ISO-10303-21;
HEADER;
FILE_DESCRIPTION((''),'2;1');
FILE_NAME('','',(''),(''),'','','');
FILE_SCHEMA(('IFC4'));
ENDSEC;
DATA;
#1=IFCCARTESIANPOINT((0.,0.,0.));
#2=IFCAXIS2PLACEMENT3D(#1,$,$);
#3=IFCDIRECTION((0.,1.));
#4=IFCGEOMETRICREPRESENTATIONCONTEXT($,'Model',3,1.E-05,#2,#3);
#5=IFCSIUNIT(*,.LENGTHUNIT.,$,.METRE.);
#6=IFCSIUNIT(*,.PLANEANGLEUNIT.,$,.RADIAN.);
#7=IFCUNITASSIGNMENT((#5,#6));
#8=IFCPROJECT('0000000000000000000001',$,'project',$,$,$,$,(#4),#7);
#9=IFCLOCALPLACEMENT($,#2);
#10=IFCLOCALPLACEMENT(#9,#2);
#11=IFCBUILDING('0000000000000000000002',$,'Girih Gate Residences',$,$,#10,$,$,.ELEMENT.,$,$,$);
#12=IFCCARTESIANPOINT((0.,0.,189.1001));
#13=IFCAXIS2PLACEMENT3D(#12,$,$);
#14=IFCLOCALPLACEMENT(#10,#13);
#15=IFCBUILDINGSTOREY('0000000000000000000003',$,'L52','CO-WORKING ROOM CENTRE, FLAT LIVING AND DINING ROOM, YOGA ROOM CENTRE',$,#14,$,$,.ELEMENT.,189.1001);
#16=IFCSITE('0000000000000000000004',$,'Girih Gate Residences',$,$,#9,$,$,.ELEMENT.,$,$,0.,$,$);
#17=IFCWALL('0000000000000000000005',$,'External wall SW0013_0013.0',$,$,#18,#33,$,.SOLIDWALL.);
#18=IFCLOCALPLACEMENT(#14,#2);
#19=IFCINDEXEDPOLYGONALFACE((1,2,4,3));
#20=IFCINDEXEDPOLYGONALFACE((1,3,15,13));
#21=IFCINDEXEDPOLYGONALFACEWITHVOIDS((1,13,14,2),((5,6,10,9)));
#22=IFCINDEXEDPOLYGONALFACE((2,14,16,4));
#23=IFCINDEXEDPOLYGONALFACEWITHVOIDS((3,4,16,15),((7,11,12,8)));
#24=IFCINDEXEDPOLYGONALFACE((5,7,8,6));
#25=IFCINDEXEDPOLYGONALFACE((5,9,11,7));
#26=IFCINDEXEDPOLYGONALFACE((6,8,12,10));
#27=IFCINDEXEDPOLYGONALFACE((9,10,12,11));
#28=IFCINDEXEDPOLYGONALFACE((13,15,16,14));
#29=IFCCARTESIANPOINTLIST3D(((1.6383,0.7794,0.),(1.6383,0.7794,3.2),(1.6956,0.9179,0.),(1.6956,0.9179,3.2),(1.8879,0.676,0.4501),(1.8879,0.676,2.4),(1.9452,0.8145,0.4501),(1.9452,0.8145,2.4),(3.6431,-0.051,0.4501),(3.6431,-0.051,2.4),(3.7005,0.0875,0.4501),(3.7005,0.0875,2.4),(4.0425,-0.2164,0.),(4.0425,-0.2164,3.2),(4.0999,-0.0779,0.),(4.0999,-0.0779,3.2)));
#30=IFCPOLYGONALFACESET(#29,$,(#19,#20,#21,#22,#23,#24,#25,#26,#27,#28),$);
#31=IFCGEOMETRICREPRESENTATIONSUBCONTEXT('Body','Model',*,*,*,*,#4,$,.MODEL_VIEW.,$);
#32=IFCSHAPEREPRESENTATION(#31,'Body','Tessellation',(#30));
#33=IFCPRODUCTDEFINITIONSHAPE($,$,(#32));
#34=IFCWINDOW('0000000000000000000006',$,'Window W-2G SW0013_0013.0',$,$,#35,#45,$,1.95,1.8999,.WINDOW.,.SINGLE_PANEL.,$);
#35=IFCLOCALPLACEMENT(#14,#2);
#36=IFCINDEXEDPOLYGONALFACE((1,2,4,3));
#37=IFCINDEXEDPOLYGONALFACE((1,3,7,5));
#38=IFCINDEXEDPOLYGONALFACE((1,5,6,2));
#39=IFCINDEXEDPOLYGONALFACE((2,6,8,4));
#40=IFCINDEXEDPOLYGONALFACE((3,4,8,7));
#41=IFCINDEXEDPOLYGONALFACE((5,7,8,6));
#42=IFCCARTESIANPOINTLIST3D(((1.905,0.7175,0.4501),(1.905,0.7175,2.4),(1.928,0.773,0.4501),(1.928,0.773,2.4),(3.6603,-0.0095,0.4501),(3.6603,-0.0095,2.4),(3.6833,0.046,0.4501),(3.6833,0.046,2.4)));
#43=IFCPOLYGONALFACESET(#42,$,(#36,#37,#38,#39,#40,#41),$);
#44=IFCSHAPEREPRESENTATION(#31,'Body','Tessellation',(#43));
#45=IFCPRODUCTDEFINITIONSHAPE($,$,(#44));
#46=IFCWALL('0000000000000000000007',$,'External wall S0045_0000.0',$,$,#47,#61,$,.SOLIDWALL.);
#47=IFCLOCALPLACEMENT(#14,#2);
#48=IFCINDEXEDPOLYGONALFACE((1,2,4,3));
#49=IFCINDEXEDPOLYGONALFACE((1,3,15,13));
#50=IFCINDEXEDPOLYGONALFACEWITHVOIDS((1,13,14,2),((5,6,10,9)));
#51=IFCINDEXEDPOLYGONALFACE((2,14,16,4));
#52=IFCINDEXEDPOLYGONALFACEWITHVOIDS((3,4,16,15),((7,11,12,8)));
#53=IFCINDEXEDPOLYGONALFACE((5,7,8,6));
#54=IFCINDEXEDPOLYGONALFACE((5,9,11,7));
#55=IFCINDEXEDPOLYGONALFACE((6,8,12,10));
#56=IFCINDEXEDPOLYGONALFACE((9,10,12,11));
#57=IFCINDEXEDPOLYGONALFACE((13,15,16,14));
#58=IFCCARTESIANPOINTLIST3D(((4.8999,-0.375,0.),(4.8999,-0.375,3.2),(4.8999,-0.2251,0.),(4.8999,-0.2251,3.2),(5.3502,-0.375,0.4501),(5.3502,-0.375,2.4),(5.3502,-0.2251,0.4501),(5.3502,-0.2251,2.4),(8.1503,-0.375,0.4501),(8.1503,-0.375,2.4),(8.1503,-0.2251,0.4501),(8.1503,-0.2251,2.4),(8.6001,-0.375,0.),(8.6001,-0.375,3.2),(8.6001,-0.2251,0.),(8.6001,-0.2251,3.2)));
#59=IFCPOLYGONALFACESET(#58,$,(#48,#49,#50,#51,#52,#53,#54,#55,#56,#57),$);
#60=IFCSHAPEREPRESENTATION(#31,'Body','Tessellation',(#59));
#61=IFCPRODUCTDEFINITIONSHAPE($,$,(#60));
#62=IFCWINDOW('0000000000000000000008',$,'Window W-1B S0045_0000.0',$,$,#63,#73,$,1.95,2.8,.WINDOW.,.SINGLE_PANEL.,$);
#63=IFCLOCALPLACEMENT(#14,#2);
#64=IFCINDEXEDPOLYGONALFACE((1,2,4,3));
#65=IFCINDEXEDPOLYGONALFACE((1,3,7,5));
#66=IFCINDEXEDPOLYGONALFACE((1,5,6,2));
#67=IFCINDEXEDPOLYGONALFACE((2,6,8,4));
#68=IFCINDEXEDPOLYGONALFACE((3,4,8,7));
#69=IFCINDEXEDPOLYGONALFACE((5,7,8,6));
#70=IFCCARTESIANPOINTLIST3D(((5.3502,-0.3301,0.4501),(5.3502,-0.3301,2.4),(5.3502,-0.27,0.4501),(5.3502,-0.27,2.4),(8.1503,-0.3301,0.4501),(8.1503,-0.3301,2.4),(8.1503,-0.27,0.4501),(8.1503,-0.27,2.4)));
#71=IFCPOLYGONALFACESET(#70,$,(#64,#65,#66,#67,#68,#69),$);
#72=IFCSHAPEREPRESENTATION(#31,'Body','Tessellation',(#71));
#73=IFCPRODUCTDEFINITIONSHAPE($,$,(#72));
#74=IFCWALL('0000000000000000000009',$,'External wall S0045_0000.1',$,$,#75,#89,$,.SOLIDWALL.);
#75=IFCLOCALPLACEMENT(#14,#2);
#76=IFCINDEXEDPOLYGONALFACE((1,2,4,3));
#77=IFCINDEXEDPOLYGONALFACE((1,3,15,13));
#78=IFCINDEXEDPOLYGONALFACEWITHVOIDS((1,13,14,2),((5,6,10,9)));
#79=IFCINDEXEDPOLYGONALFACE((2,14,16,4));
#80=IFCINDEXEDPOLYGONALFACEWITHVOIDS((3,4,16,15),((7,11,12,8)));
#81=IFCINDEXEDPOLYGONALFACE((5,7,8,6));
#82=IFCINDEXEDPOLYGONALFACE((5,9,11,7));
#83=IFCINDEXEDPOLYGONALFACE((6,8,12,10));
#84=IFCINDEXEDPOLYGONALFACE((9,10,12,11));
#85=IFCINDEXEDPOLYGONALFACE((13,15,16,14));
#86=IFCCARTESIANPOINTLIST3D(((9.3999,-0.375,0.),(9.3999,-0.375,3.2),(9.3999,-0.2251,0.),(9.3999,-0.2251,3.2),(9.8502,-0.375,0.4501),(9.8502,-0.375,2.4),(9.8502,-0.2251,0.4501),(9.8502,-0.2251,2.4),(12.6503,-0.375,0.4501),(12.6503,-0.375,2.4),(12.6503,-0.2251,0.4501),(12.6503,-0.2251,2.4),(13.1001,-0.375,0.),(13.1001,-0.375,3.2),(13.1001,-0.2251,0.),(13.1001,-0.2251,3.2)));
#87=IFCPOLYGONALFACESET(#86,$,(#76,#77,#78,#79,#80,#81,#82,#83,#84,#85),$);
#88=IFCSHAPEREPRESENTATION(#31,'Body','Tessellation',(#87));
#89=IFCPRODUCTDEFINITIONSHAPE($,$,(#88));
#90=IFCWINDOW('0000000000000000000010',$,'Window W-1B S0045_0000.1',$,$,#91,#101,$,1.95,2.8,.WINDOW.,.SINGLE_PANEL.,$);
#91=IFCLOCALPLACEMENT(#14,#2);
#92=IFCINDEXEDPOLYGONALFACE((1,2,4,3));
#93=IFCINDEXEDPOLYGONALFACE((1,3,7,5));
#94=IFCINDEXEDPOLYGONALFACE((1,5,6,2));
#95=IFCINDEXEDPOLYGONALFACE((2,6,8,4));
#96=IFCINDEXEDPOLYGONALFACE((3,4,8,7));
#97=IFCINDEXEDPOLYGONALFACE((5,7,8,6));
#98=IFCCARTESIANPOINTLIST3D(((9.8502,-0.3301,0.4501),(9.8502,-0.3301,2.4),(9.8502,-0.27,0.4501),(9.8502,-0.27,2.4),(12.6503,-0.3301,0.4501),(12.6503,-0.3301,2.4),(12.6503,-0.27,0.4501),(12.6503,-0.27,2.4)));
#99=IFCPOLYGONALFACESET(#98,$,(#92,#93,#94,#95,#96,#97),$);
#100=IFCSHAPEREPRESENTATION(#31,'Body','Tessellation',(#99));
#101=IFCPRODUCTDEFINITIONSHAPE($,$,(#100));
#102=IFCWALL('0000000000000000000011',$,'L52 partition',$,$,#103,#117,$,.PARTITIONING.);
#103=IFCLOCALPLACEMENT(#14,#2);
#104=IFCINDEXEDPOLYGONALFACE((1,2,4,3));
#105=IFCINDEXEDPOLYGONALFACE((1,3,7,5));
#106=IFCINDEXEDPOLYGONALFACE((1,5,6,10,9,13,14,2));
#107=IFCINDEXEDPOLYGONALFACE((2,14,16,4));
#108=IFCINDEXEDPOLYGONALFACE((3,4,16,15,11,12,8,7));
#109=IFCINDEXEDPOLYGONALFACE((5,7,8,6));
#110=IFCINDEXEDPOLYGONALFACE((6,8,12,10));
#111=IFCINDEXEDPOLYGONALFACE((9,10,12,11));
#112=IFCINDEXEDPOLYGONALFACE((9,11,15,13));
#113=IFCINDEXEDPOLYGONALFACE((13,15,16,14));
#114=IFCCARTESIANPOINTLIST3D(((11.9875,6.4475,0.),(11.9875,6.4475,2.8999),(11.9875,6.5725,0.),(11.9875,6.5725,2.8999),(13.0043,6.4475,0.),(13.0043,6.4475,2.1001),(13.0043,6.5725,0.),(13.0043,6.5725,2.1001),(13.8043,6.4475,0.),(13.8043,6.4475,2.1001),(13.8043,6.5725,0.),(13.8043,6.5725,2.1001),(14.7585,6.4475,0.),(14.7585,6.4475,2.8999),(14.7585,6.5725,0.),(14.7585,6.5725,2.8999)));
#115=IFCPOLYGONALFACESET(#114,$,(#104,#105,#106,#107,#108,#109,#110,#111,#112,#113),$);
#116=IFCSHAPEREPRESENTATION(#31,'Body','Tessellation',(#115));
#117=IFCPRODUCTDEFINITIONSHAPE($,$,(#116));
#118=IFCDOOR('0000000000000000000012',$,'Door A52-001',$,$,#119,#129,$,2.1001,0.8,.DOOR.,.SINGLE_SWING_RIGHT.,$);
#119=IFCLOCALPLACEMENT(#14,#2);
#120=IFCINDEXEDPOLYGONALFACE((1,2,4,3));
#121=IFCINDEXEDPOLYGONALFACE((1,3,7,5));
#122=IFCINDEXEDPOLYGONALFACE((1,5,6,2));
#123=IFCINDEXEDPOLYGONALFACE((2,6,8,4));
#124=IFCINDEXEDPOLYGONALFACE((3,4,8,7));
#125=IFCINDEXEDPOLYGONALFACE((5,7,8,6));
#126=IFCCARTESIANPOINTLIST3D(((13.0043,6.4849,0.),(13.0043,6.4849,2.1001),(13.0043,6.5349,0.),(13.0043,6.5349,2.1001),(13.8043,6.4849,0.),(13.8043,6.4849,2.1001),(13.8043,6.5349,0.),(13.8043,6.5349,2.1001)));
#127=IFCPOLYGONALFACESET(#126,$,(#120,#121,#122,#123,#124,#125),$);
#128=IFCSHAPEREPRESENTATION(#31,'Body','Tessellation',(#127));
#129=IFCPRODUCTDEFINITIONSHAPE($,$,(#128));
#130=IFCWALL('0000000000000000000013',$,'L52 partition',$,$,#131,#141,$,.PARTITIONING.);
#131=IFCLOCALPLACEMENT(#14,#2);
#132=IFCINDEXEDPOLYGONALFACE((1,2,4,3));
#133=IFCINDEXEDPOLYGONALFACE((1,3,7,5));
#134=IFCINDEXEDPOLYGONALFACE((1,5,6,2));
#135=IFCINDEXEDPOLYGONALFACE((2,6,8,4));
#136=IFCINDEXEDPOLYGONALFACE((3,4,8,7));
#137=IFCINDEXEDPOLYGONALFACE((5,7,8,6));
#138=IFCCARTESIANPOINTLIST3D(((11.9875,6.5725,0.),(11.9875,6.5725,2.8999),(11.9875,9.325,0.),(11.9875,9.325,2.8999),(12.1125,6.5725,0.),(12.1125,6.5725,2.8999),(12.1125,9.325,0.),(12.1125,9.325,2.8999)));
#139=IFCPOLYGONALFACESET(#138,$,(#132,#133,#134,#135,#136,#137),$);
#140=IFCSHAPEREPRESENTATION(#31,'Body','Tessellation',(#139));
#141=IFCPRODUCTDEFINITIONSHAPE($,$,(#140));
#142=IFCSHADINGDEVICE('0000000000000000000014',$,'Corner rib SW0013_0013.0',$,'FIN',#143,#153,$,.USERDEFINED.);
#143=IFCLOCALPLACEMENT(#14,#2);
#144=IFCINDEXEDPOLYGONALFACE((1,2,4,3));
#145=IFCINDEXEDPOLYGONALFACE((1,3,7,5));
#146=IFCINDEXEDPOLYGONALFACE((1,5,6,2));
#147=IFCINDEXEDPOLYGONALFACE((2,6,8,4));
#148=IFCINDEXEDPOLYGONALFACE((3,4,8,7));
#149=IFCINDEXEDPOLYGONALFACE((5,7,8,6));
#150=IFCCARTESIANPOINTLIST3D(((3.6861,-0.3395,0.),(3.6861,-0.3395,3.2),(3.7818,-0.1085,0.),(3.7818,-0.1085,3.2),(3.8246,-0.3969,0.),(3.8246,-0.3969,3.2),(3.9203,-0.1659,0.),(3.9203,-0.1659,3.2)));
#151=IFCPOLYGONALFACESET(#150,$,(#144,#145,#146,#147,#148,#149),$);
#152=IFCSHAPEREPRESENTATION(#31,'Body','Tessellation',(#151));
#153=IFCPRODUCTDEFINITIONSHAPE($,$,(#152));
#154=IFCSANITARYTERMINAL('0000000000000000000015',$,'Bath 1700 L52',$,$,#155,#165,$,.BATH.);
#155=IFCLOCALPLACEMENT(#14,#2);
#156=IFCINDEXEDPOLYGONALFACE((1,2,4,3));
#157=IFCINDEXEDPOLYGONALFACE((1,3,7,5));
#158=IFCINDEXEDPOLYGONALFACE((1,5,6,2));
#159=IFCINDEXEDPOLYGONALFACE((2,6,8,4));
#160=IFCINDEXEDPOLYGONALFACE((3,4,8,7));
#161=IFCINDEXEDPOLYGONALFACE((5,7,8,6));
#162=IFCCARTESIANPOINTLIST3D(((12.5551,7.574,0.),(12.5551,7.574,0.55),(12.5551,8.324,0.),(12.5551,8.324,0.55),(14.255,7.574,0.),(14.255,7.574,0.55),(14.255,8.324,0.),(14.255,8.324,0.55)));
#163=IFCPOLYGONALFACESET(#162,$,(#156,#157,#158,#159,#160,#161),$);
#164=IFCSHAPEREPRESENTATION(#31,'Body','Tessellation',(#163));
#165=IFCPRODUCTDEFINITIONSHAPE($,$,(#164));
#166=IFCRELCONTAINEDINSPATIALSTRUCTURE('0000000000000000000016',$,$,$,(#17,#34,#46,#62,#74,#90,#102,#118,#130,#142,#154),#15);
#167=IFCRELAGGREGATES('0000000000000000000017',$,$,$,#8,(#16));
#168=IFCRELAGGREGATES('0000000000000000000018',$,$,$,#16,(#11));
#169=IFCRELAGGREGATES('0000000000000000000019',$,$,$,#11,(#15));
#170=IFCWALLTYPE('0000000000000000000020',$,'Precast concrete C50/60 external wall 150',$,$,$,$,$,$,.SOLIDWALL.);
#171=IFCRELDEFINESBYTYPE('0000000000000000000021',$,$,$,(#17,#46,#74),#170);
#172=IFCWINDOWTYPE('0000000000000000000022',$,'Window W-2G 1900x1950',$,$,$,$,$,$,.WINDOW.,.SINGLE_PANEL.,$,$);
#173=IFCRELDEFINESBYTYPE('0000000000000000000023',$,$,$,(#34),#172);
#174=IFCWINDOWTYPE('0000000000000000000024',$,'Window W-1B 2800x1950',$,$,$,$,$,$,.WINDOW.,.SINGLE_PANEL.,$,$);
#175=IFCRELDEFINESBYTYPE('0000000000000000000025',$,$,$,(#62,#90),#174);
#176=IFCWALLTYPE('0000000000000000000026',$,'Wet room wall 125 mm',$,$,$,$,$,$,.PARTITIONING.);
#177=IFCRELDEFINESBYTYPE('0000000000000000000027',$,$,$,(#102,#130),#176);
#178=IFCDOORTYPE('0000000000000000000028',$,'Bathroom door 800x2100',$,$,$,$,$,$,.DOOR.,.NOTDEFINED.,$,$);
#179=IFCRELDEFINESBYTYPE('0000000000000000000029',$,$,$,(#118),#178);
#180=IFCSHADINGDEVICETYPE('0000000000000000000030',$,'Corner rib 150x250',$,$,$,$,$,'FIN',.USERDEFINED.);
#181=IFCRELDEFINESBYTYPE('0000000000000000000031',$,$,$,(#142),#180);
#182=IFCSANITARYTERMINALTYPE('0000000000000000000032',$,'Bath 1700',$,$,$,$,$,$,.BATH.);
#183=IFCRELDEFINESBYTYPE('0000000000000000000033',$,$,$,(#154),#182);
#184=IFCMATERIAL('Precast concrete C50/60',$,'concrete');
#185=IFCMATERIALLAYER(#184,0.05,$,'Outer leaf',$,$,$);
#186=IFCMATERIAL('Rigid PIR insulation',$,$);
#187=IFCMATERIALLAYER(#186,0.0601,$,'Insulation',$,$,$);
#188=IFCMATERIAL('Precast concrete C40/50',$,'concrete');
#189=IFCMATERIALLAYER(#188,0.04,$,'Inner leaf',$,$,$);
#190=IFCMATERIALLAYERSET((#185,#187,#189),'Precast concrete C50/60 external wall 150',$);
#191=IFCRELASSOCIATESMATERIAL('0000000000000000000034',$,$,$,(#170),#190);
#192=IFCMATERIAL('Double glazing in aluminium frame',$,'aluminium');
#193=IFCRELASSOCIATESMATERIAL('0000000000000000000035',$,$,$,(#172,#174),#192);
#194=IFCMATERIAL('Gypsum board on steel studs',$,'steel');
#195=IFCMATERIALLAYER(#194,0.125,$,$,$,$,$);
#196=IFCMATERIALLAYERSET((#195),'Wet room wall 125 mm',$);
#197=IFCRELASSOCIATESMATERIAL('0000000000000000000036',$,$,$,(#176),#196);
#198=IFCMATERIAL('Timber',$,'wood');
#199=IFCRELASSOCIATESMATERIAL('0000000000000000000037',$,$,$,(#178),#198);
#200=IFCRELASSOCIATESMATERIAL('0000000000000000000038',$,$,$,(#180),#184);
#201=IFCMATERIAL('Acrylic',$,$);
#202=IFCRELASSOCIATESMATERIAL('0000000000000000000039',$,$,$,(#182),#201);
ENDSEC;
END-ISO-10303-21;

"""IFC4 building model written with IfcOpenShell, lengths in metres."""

from ifc_helpers import new_model, si_unit, direction, frame, frame_2d, origin, origin_2d, place, context, subcontext, project, spatial, rectangle, extrude, material, layer, layer_set, type_object, element, fill, save


model = new_model("IFC4")

# Units and contexts
model_context = context("Model", 3, precision=1e-05, world=origin(), true_north=direction((0.0, 1.0)))
body_context = subcontext(model_context, "Body", "Model", "MODEL_VIEW")
ifc_project = project(units=[si_unit("LENGTHUNIT", "METRE"), si_unit("PLANEANGLEUNIT", "RADIAN")], contexts=[model_context])

# Site, building, storey
site_placement = place(None, origin())
site = spatial("IfcSite", under=ifc_project, at=site_placement, Name="Girih Gate Residences", CompositionType="ELEMENT", RefElevation=0.0)
building_placement = place(site_placement, origin())
building = spatial("IfcBuilding", under=site, at=building_placement, Name="Girih Gate Residences", CompositionType="ELEMENT")
storey_placement = place(building_placement, frame((0.0, 0.0, 189.1001)))
storey = spatial("IfcBuildingStorey", under=building, at=storey_placement, Name="L52", Description="CO-WORKING ROOM CENTRE, FLAT LIVING AND DINING ROOM, YOGA ROOM CENTRE", CompositionType="ELEMENT", Elevation=189.1001)

# Shared definitions
ifc_material_1 = material(Name="Gypsum board on steel studs", Category="steel")

# Shared definitions
ifc_material_2 = material(Name="Timber", Category="wood")

# Walls, openings, windows
ifc_material_3 = material(Name="Precast concrete C50/60", Category="concrete")
ifc_layer_1 = layer(ifc_material_3, 0.05, Name="Outer leaf")
ifc_material_4 = material(Name="Rigid PIR insulation")
ifc_layer_2 = layer(ifc_material_4, 0.0601, Name="Insulation")
ifc_material_5 = material(Name="Precast concrete C40/50", Category="concrete")
ifc_layer_3 = layer(ifc_material_5, 0.04, Name="Inner leaf")
ifc_layer_set_1 = layer_set([ifc_layer_1, ifc_layer_2, ifc_layer_3], Name="Precast concrete C50/60 external wall 150")
wall_type_1 = type_object("IfcWallType", Name="Precast concrete C50/60 external wall 150", PredefinedType="SOLIDWALL", material=ifc_layer_set_1)
ifc_material_6 = material(Name="Double glazing in aluminium frame", Category="aluminium")
window_type_1 = type_object("IfcWindowType", Name="Window W-2G 1900x1950", PartitioningType="SINGLE_PANEL", PredefinedType="WINDOW", material=ifc_material_6)
wall_1_placement = place(storey_placement, frame((4.0713, -0.1472, 0.0), z_axis=(0.0, 0.0, 1.0), x_axis=(-0.923885, 0.382669, 0.0)))
wall_1 = element("IfcWall", 1, at=wall_1_placement, inside=storey, type_object=wall_type_1, Name="External wall SW0013_0013.0", PredefinedType="SOLIDWALL", context=body_context, shape_type="SweptSolid", body=[
    extrude(rectangle(XDim=2.6023, YDim=0.1499, at=frame_2d((1.3013, 0.0))), origin(), (0.0, 0.0, 1.0), 3.2),
])
opening_1_placement = place(wall_1_placement, frame((0.4324, 0.0, 0.45)))
opening_1 = element("IfcOpeningElement", 2, at=opening_1_placement, cuts=wall_1, PredefinedType="OPENING", context=body_context, shape_type="SweptSolid", body=[
    extrude(rectangle(XDim=1.8999, YDim=1.95, at=frame_2d((0.95, 0.9751))), frame((0.0, 0.085, 0.0), z_axis=(0.0, -1.0, 0.0), x_axis=(1.0, 0.0, 0.0)), (0.0, 0.0, 1.0), 0.1699),
])
window_1_placement = place(opening_1_placement, origin())
window_1 = element("IfcWindow", 3, at=window_1_placement, inside=storey, type_object=window_type_1, Name="Window W-2G SW0013_0013.0", OverallHeight=1.95, OverallWidth=1.8999, PartitioningType="SINGLE_PANEL", PredefinedType="WINDOW", context=body_context, shape_type="SweptSolid", body=[
    extrude(rectangle(XDim=1.8999, YDim=1.95, at=frame_2d((0.95, 0.9751))), frame((0.0, 0.03, 0.0), z_axis=(0.0, -1.0, 0.0), x_axis=(1.0, 0.0, 0.0)), (0.0, 0.0, 1.0), 0.0601),
])
fill(opening_1, window_1)
wall_2_placement = place(storey_placement, frame((8.6001, -0.3, 0.0), z_axis=(0.0, 0.0, 1.0), x_axis=(-1.0, 0.0, 0.0)))
wall_2 = element("IfcWall", 4, at=wall_2_placement, inside=storey, type_object=wall_type_1, Name="External wall S0045_0000.0", PredefinedType="SOLIDWALL", context=body_context, shape_type="SweptSolid", body=[
    extrude(rectangle(XDim=3.7002, YDim=0.1499, at=frame_2d((1.8501, 0.0))), origin(), (0.0, 0.0, 1.0), 3.2),
])
opening_2_placement = place(wall_2_placement, frame((0.45, 0.0, 0.45)))
opening_2 = element("IfcOpeningElement", 5, at=opening_2_placement, cuts=wall_2, PredefinedType="OPENING", context=body_context, shape_type="SweptSolid", body=[
    extrude(rectangle(XDim=2.8, YDim=1.95, at=frame_2d((1.3999, 0.9751))), frame((0.0, 0.085, 0.0), z_axis=(0.0, -1.0, 0.0), x_axis=(1.0, 0.0, 0.0)), (0.0, 0.0, 1.0), 0.1699),
])
window_type_2 = type_object("IfcWindowType", Name="Window W-1B 2800x1950", PartitioningType="SINGLE_PANEL", PredefinedType="WINDOW", material=ifc_material_6)
window_2_placement = place(opening_2_placement, origin())
window_2 = element("IfcWindow", 6, at=window_2_placement, inside=storey, type_object=window_type_2, Name="Window W-1B S0045_0000.0", OverallHeight=1.95, OverallWidth=2.8, PartitioningType="SINGLE_PANEL", PredefinedType="WINDOW", context=body_context, shape_type="SweptSolid", body=[
    extrude(rectangle(XDim=2.8, YDim=1.95, at=frame_2d((1.3999, 0.9751))), frame((0.0, 0.03, 0.0), z_axis=(0.0, -1.0, 0.0), x_axis=(1.0, 0.0, 0.0)), (0.0, 0.0, 1.0), 0.0601),
])
fill(opening_2, window_2)
wall_3_placement = place(storey_placement, frame((13.1001, -0.3, 0.0), z_axis=(0.0, 0.0, 1.0), x_axis=(-1.0, 0.0, 0.0)))
wall_3 = element("IfcWall", 7, at=wall_3_placement, inside=storey, type_object=wall_type_1, Name="External wall S0045_0000.1", PredefinedType="SOLIDWALL", context=body_context, shape_type="SweptSolid", body=[
    extrude(rectangle(XDim=3.7002, YDim=0.1499, at=frame_2d((1.8501, 0.0))), origin(), (0.0, 0.0, 1.0), 3.2),
])
opening_3_placement = place(wall_3_placement, frame((0.45, 0.0, 0.45)))
opening_3 = element("IfcOpeningElement", 8, at=opening_3_placement, cuts=wall_3, PredefinedType="OPENING", context=body_context, shape_type="SweptSolid", body=[
    extrude(rectangle(XDim=2.8, YDim=1.95, at=frame_2d((1.3999, 0.9751))), frame((0.0, 0.085, 0.0), z_axis=(0.0, -1.0, 0.0), x_axis=(1.0, 0.0, 0.0)), (0.0, 0.0, 1.0), 0.1699),
])
window_3_placement = place(opening_3_placement, origin())
window_3 = element("IfcWindow", 9, at=window_3_placement, inside=storey, type_object=window_type_2, Name="Window W-1B S0045_0000.1", OverallHeight=1.95, OverallWidth=2.8, PartitioningType="SINGLE_PANEL", PredefinedType="WINDOW", context=body_context, shape_type="SweptSolid", body=[
    extrude(rectangle(XDim=2.8, YDim=1.95, at=frame_2d((1.3999, 0.9751))), frame((0.0, 0.03, 0.0), z_axis=(0.0, -1.0, 0.0), x_axis=(1.0, 0.0, 0.0)), (0.0, 0.0, 1.0), 0.0601),
])
fill(opening_3, window_3)

# Wall, opening, door
ifc_layer_4 = layer(ifc_material_1, 0.125)
ifc_layer_set_2 = layer_set([ifc_layer_4], Name="Wet room wall 125 mm")
wall_type_2 = type_object("IfcWallType", Name="Wet room wall 125 mm", PredefinedType="PARTITIONING", material=ifc_layer_set_2)
wall_4_placement = place(storey_placement, frame((11.9875, 6.51, 0.0), z_axis=(0.0, 0.0, 1.0), x_axis=(1.0, 0.0, 0.0)))
wall_4 = element("IfcWall", 10, at=wall_4_placement, inside=storey, type_object=wall_type_2, Name="L52 partition", PredefinedType="PARTITIONING", context=body_context, shape_type="SweptSolid", body=[
    extrude(rectangle(XDim=2.771, YDim=0.125, at=frame_2d((1.3855, 0.0))), origin(), (0.0, 0.0, 1.0), 2.8999),
])
opening_4_placement = place(wall_4_placement, frame((1.0168, 0.0, 0.0)))
opening_4 = element("IfcOpeningElement", 11, at=opening_4_placement, cuts=wall_4, PredefinedType="OPENING", context=body_context, shape_type="SweptSolid", body=[
    extrude(rectangle(XDim=0.8, YDim=2.1001, at=frame_2d((0.3999, 1.05))), frame((0.0, 0.0725, 0.0), z_axis=(0.0, -1.0, 0.0), x_axis=(1.0, 0.0, 0.0)), (0.0, 0.0, 1.0), 0.145),
])
door_type_1 = type_object("IfcDoorType", Name="Bathroom door 800x2100", OperationType="NOTDEFINED", PredefinedType="DOOR", material=ifc_material_2)
door_1_placement = place(opening_4_placement, origin())
door_1 = element("IfcDoor", 12, at=door_1_placement, inside=storey, type_object=door_type_1, Name="Door A52-001", OperationType="SINGLE_SWING_RIGHT", OverallHeight=2.1001, OverallWidth=0.8, PredefinedType="DOOR", context=body_context, shape_type="SweptSolid", body=[
    extrude(rectangle(XDim=0.8, YDim=2.1001, at=frame_2d((0.3999, 1.05))), frame((0.0, 0.0249, 0.0), z_axis=(0.0, -1.0, 0.0), x_axis=(1.0, 0.0, 0.0)), (0.0, 0.0, 1.0), 0.05),
])
fill(opening_4, door_1)

# Wall
wall_5_placement = place(storey_placement, frame((12.05, 6.5725, 0.0), z_axis=(0.0, 0.0, 1.0), x_axis=(0.0, 1.0, 0.0)))
element("IfcWall", 13, at=wall_5_placement, inside=storey, type_object=wall_type_2, Name="L52 partition", PredefinedType="PARTITIONING", context=body_context, shape_type="SweptSolid", body=[
    extrude(rectangle(XDim=2.7524, YDim=0.125, at=frame_2d((1.3762, 0.0))), origin(), (0.0, 0.0, 1.0), 2.8999),
])

# Shading device
shading_device_type = type_object("IfcShadingDeviceType", Name="Corner rib 150x250", ElementType="FIN", PredefinedType="USERDEFINED", material=ifc_material_3)
shading_device_placement = place(storey_placement, frame((3.8032, -0.2527, 0.0), z_axis=(0.0, 0.0, 1.0), x_axis=(0.92388, -0.382683, 0.0)))
element("IfcShadingDevice", 14, at=shading_device_placement, inside=storey, type_object=shading_device_type, Name="Corner rib SW0013_0013.0", ObjectType="FIN", PredefinedType="USERDEFINED", context=body_context, shape_type="SweptSolid", body=[
    extrude(rectangle(XDim=0.1499, YDim=0.25, at=origin_2d()), origin(), (0.0, 0.0, 1.0), 3.2),
])

# Sanitary terminal
ifc_material_7 = material(Name="Acrylic")
sanitary_terminal_type = type_object("IfcSanitaryTerminalType", Name="Bath 1700", PredefinedType="BATH", material=ifc_material_7)
sanitary_terminal_placement = place(storey_placement, frame((13.405, 7.949, 0.0), z_axis=(0.0, 0.0, 1.0), x_axis=(1.0, 0.0, 0.0)))
element("IfcSanitaryTerminal", 15, at=sanitary_terminal_placement, inside=storey, type_object=sanitary_terminal_type, Name="Bath 1700 L52", PredefinedType="BATH", context=body_context, shape_type="SweptSolid", body=[
    extrude(rectangle(XDim=1.7, YDim=0.75, at=origin_2d()), origin(), (0.0, 0.0, 1.0), 0.55),
])

save(model, "model.ifc")
